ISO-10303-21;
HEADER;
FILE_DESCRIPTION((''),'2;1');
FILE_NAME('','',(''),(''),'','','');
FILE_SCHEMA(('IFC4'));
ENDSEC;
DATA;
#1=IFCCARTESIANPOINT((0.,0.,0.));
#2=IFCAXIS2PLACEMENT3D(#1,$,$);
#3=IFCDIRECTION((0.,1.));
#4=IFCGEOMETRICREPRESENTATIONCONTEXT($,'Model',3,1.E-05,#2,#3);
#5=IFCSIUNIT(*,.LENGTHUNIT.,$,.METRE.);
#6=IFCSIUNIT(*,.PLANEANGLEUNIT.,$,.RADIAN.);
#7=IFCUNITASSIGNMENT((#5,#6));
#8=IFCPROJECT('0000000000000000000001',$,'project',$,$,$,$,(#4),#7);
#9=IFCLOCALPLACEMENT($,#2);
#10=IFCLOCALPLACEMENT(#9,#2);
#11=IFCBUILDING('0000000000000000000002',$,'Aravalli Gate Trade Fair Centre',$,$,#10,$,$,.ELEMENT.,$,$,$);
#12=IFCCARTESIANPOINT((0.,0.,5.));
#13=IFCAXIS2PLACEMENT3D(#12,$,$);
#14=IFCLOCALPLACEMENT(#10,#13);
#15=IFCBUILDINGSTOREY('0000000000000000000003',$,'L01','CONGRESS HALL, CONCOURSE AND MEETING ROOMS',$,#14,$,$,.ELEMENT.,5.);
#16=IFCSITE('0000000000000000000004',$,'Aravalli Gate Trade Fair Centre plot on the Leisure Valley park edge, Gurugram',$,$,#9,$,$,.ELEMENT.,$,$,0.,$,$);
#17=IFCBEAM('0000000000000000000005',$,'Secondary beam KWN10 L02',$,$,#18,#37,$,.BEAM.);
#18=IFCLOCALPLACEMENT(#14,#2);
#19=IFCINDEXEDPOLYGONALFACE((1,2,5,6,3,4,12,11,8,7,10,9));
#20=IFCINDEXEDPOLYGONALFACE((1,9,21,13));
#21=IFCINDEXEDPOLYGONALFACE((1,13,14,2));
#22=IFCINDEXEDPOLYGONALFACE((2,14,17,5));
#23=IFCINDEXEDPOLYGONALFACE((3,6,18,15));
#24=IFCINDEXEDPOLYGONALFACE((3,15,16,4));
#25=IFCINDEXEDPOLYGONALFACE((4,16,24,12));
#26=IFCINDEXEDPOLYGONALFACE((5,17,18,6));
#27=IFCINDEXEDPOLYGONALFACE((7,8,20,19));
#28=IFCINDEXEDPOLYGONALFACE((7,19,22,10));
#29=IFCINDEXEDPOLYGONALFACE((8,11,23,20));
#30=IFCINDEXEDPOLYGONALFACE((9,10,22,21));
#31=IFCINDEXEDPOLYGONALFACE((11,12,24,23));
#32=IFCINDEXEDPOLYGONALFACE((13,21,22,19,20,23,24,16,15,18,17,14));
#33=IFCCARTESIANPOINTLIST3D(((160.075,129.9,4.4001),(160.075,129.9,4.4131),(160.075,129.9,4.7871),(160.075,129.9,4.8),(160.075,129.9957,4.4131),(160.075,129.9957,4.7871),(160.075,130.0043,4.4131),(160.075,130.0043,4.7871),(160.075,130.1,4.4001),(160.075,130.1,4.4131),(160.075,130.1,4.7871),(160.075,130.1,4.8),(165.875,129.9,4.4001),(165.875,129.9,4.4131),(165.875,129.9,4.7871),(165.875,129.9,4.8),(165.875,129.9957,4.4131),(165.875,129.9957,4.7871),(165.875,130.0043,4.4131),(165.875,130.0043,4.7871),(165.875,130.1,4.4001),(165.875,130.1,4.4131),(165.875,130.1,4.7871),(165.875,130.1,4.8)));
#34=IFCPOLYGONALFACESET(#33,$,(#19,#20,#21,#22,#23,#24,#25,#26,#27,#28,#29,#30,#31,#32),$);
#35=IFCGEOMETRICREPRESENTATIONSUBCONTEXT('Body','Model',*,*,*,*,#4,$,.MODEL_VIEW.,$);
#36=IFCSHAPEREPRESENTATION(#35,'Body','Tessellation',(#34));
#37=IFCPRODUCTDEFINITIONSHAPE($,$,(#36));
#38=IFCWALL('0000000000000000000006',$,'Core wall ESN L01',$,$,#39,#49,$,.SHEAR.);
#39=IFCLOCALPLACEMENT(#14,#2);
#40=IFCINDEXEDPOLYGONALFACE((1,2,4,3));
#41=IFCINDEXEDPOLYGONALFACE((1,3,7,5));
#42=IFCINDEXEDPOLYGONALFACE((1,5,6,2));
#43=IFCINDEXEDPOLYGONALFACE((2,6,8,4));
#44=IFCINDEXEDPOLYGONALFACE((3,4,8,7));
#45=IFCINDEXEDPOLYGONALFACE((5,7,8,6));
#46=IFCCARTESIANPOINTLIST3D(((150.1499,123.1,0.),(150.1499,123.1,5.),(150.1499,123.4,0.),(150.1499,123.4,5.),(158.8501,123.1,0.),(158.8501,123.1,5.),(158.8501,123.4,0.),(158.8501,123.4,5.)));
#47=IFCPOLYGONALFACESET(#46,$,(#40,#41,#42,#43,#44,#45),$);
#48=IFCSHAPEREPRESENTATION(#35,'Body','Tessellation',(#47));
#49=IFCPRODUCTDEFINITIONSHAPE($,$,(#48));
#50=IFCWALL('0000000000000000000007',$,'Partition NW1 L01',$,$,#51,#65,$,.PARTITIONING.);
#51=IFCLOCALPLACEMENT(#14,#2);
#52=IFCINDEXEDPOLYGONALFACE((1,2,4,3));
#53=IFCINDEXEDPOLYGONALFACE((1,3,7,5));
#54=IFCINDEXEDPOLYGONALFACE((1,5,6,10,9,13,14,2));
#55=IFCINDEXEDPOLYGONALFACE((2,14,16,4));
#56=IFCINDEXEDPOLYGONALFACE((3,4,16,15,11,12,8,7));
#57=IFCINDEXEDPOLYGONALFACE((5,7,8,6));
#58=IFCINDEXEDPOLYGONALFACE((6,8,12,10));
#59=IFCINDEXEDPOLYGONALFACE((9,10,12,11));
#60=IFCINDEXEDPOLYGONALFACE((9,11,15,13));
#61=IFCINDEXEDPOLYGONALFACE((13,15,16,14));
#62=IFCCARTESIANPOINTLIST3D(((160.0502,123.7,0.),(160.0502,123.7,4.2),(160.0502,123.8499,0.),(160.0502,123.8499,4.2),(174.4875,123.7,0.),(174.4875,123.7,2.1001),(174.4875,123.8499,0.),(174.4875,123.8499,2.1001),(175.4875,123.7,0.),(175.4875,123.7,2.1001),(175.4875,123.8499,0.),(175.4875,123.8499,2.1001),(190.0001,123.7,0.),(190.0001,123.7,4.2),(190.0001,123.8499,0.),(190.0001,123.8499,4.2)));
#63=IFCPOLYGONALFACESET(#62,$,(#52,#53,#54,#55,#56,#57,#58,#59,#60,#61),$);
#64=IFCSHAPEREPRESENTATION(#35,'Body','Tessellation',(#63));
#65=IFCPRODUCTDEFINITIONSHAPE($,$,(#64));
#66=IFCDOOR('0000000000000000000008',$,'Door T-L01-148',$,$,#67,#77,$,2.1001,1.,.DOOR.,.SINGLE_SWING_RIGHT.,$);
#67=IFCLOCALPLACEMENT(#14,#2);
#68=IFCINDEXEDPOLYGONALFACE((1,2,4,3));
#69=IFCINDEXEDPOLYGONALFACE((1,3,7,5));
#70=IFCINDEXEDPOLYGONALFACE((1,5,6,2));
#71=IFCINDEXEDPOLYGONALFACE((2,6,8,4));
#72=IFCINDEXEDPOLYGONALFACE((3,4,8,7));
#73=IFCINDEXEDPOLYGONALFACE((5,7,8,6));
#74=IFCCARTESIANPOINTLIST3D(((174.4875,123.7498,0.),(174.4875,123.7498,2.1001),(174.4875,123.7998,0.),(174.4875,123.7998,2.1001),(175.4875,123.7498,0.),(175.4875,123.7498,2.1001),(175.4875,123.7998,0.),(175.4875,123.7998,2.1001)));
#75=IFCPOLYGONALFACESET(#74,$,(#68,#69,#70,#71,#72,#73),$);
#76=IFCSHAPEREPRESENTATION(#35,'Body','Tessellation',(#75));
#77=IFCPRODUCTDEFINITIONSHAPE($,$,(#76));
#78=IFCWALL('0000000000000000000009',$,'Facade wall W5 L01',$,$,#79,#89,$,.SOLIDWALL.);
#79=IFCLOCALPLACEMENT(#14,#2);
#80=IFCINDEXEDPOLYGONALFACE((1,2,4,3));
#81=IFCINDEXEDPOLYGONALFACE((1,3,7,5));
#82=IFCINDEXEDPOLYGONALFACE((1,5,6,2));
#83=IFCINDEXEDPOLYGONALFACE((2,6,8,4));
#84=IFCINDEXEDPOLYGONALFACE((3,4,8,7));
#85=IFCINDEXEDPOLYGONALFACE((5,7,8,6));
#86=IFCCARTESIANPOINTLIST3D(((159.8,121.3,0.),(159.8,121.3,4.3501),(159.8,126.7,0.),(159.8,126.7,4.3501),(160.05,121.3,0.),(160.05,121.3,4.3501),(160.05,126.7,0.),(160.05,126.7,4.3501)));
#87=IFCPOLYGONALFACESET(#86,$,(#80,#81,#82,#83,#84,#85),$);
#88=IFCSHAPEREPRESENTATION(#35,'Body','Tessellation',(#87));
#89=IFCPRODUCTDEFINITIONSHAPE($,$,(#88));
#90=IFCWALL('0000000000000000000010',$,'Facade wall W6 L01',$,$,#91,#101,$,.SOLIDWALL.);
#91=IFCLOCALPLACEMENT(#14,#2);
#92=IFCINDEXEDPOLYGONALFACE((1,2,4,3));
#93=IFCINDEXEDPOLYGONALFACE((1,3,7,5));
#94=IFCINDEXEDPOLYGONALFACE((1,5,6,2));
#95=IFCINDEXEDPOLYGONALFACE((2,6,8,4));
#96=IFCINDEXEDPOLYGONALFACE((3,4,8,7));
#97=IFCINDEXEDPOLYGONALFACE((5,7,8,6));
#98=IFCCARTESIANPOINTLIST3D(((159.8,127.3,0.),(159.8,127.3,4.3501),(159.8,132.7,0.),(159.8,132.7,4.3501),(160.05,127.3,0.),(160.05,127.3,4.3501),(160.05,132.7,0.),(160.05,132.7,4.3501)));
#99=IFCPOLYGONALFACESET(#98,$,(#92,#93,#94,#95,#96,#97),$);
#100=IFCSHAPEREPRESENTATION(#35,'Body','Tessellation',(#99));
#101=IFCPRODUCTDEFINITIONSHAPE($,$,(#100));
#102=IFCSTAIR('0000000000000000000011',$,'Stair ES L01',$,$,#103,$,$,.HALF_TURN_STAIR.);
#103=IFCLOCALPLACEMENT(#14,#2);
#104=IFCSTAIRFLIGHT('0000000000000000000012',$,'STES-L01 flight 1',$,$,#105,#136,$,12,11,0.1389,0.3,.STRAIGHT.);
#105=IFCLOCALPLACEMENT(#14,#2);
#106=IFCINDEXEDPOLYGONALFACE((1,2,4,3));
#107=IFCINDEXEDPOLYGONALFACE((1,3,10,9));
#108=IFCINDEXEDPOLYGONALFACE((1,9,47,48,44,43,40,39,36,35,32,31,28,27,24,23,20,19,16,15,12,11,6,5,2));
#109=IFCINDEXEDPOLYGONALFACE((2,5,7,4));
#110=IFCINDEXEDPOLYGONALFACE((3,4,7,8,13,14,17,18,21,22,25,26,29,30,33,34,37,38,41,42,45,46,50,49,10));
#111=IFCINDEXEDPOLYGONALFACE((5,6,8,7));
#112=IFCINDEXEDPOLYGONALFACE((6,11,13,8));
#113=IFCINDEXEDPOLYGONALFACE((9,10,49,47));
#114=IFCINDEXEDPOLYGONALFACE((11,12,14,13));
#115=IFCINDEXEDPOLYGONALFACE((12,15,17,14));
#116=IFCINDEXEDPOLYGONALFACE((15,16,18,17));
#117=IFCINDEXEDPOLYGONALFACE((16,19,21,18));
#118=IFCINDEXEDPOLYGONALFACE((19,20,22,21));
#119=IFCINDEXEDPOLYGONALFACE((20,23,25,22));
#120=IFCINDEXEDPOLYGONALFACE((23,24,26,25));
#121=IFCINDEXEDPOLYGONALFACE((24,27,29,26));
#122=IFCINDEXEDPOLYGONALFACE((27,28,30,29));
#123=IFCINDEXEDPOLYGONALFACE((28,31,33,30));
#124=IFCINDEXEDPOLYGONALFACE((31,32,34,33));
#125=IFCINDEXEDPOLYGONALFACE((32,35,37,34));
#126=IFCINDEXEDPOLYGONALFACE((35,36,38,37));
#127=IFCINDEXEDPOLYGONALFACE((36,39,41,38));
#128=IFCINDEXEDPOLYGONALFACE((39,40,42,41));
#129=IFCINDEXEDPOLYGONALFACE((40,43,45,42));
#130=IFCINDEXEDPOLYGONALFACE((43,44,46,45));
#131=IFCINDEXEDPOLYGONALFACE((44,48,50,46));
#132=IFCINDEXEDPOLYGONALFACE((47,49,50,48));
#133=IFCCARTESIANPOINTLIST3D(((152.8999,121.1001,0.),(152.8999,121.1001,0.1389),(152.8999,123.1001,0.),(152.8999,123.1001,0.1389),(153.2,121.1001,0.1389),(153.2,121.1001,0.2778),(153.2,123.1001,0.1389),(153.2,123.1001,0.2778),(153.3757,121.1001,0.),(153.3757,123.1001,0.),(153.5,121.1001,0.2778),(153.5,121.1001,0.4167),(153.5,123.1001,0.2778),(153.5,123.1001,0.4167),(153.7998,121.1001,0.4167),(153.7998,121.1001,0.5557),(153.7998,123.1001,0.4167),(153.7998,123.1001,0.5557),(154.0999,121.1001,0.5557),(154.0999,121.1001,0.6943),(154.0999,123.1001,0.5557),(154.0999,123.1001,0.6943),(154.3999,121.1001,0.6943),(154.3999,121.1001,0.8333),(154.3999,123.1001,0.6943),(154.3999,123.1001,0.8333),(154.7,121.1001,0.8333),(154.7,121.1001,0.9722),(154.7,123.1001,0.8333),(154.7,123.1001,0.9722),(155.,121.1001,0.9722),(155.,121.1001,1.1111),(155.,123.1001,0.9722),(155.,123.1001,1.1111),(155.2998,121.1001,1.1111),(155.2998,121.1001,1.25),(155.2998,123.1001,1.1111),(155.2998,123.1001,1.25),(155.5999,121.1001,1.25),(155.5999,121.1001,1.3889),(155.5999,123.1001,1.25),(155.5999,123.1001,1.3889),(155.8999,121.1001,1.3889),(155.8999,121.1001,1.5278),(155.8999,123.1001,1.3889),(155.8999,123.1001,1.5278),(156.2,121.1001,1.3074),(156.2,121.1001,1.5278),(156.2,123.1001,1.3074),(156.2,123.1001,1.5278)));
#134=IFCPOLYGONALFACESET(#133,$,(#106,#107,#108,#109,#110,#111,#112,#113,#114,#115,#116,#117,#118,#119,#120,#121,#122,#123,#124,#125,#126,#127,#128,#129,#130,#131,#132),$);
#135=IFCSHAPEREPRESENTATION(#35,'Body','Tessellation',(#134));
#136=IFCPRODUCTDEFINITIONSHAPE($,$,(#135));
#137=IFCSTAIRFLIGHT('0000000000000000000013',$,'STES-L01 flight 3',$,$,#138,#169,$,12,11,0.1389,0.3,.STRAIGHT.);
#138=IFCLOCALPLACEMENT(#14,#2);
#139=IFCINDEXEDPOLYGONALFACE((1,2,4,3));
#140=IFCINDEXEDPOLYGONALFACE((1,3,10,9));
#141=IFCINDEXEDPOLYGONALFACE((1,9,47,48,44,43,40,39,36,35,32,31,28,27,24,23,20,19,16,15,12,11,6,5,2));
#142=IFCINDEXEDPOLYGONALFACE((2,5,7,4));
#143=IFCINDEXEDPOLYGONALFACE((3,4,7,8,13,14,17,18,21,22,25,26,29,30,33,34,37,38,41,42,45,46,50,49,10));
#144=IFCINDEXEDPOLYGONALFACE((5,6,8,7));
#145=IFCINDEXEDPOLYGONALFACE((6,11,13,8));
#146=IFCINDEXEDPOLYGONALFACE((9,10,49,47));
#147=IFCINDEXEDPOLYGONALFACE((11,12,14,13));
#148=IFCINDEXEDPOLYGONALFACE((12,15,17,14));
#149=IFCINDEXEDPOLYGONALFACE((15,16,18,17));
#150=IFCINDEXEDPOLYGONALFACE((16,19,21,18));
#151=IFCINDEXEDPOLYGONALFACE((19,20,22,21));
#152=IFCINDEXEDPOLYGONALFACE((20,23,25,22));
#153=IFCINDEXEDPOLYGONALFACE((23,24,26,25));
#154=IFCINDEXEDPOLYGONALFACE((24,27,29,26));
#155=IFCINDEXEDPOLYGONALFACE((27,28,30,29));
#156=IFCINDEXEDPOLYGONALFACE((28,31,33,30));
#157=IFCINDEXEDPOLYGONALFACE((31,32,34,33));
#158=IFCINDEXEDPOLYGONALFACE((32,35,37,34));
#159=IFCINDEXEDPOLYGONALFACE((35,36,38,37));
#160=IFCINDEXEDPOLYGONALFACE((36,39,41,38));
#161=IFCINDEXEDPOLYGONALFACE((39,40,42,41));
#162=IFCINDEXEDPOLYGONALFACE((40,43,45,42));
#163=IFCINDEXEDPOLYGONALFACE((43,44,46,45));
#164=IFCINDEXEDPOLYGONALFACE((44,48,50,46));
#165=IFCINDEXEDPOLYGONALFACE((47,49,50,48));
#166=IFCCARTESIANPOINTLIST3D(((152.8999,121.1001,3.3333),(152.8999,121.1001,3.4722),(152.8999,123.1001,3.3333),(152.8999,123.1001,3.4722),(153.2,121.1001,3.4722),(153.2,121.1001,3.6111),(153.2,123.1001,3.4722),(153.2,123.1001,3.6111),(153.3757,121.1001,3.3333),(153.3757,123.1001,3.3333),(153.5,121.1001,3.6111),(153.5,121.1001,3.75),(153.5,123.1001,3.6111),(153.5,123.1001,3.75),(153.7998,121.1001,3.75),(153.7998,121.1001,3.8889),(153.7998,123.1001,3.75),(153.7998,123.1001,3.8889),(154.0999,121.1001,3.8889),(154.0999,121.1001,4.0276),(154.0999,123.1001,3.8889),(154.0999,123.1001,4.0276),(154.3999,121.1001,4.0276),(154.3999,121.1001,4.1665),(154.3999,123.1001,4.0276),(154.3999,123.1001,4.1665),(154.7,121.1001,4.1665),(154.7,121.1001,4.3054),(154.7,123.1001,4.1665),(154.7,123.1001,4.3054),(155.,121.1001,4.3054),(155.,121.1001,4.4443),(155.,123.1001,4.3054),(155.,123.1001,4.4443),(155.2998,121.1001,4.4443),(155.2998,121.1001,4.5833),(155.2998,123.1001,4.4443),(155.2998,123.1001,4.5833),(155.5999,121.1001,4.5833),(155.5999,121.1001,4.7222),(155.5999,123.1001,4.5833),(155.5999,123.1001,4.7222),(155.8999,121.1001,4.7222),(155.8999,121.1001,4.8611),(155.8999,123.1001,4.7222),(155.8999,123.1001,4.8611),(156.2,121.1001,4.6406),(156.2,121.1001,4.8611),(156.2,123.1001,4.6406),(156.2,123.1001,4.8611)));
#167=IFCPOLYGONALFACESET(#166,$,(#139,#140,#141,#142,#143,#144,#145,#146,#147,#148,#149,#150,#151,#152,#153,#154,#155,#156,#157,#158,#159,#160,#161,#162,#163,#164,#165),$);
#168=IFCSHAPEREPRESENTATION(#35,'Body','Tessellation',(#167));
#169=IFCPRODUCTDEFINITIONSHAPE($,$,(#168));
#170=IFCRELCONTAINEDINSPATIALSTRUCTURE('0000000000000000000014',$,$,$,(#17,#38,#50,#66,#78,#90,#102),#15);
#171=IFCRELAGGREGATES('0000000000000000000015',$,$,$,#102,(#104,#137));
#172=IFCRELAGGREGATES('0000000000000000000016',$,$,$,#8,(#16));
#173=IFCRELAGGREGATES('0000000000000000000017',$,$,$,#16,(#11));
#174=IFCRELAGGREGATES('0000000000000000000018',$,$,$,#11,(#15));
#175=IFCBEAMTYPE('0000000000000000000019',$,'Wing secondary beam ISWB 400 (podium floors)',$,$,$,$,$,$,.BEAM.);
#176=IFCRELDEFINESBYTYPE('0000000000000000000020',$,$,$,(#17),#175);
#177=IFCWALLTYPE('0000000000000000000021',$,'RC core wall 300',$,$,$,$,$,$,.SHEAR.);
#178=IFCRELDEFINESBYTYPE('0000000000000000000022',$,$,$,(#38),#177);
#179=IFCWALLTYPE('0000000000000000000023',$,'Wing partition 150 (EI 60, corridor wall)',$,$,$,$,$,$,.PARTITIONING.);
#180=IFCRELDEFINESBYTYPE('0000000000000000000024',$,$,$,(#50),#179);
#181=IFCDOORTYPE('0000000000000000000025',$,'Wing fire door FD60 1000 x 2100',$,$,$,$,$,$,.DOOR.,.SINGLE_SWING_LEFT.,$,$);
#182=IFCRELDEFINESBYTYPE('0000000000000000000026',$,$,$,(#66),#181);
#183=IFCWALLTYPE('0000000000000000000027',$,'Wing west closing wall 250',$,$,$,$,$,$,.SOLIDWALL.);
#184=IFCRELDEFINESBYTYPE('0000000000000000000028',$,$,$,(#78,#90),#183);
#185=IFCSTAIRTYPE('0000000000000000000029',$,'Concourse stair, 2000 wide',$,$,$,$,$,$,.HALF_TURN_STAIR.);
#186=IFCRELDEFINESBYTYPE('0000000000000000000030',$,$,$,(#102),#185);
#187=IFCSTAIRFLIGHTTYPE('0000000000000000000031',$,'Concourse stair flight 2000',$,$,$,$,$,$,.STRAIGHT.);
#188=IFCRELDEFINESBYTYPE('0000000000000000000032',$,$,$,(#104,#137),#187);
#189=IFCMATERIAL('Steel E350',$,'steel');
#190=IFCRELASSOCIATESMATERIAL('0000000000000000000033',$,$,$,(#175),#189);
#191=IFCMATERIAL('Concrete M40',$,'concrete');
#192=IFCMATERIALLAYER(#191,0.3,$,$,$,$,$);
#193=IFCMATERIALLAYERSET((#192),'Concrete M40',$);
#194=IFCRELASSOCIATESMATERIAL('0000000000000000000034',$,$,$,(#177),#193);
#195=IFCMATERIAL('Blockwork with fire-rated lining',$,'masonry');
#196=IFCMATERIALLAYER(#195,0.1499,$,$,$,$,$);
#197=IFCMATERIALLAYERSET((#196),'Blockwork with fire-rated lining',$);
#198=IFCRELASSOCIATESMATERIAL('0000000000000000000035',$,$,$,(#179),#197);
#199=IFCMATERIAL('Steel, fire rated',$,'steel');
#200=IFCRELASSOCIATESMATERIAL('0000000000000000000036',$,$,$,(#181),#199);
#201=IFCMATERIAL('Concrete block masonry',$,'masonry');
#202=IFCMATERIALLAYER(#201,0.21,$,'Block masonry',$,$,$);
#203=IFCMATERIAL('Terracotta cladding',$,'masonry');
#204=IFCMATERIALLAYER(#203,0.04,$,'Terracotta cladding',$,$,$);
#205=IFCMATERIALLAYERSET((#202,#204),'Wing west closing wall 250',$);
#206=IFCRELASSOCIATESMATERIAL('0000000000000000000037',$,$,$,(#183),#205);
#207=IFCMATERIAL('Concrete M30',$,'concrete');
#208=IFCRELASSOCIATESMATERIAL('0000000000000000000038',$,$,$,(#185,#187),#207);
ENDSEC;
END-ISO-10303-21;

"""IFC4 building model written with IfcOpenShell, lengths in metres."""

from ifc_helpers import new_model, si_unit, direction, frame, frame_2d, origin, origin_2d, place, context, subcontext, project, spatial, polyline, rectangle, i_section, outline, extrude, material, layer, layer_set, material_profile, profile_set, type_object, element, fill, aggregate, save


model = new_model("IFC4")

# Units and contexts
model_context = context("Model", 3, precision=1e-05, world=origin(), true_north=direction((0.0, 1.0)))
body_context = subcontext(model_context, "Body", "Model", "MODEL_VIEW")
ifc_project = project(units=[si_unit("LENGTHUNIT", "METRE"), si_unit("PLANEANGLEUNIT", "RADIAN")], contexts=[model_context])

# Site, building, storey
site_placement = place(None, origin())
site = spatial("IfcSite", under=ifc_project, at=site_placement, Name="Aravalli Gate Trade Fair Centre plot on the Leisure Valley park edge, Gurugram", CompositionType="ELEMENT", RefElevation=0.0)
building_placement = place(site_placement, origin())
building = spatial("IfcBuilding", under=site, at=building_placement, Name="Aravalli Gate Trade Fair Centre", CompositionType="ELEMENT")
storey_placement = place(building_placement, frame((0.0, 0.0, 5.0)))
storey = spatial("IfcBuildingStorey", under=building, at=storey_placement, Name="L01", Description="CONGRESS HALL, CONCOURSE AND MEETING ROOMS", CompositionType="ELEMENT", Elevation=5.0)

# Shared definitions
ifc_material_1 = material(Name="Steel E350", Category="steel")

# Beam
ifc_material_profile_1 = material_profile(ifc_material_1, i_section(OverallWidth=0.2, OverallDepth=0.3999, WebThickness=0.0085, FlangeThickness=0.0129, at=origin_2d()), Name="ISWB 400")
ifc_profile_set_1 = profile_set([ifc_material_profile_1], Name="Steel E350")
beam_type_1 = type_object("IfcBeamType", Name="Wing secondary beam ISWB 400 (podium floors)", PredefinedType="BEAM", material=ifc_profile_set_1)
for number, where, z_axis, x_axis, name in (
    (1, (160.075, 130.0, 4.6001), (1.0, 0.0, 0.0), (0.0, 1.0, 0.0), "Secondary beam KWN10 L02"),
):
    element("IfcBeam", number, at=place(storey_placement, frame(where, z_axis=z_axis, x_axis=x_axis)), inside=storey, type_object=beam_type_1, Name=name, PredefinedType="BEAM", context=body_context, shape_type="SweptSolid", body=[
        extrude(i_section(OverallWidth=0.2, OverallDepth=0.3999, WebThickness=0.0085, FlangeThickness=0.0129, at=origin_2d()), origin(), (0.0, 0.0, 1.0), 5.8),
    ])

# Wall
ifc_material_2 = material(Name="Concrete M40", Category="concrete")
ifc_layer_1 = layer(ifc_material_2, 0.3)
ifc_layer_set_1 = layer_set([ifc_layer_1], Name="Concrete M40")
wall_type_1 = type_object("IfcWallType", Name="RC core wall 300", PredefinedType="SHEAR", material=ifc_layer_set_1)
wall_1_placement = place(storey_placement, frame((150.1499, 123.25, 0.0), z_axis=(0.0, 0.0, 1.0), x_axis=(1.0, 0.0, 0.0)))
element("IfcWall", 2, at=wall_1_placement, inside=storey, type_object=wall_type_1, Name="Core wall ESN L01", PredefinedType="SHEAR", context=body_context, shape_type="SweptSolid", body=[
    extrude(rectangle(XDim=8.7002, YDim=0.3, at=frame_2d((4.3501, 0.0))), origin(), (0.0, 0.0, 1.0), 5.0),
])

# Wall, opening, door
ifc_material_3 = material(Name="Blockwork with fire-rated lining", Category="masonry")
ifc_layer_2 = layer(ifc_material_3, 0.1499)
ifc_layer_set_2 = layer_set([ifc_layer_2], Name="Blockwork with fire-rated lining")
wall_type_2 = type_object("IfcWallType", Name="Wing partition 150 (EI 60, corridor wall)", PredefinedType="PARTITIONING", material=ifc_layer_set_2)
wall_2_placement = place(storey_placement, frame((160.05, 123.7749, 0.0), z_axis=(0.0, 0.0, 1.0), x_axis=(1.0, 0.0, 0.0)))
wall_2 = element("IfcWall", 3, at=wall_2_placement, inside=storey, type_object=wall_type_2, Name="Partition NW1 L01", PredefinedType="PARTITIONING", context=body_context, shape_type="SweptSolid", body=[
    extrude(rectangle(XDim=29.95, YDim=0.1499, at=frame_2d((14.9751, 0.0))), origin(), (0.0, 0.0, 1.0), 4.2),
])
opening_placement = place(wall_2_placement, frame((14.4375, 0.0, 0.0)))
opening = element("IfcOpeningElement", 4, at=opening_placement, cuts=wall_2, PredefinedType="OPENING", context=body_context, shape_type="SweptSolid", body=[
    extrude(rectangle(XDim=1.0, YDim=2.1001, at=frame_2d((0.5, 1.05))), frame((0.0, 0.085, 0.0), z_axis=(0.0, -1.0, 0.0), x_axis=(1.0, 0.0, 0.0)), (0.0, 0.0, 1.0), 0.1699),
])
ifc_material_4 = material(Name="Steel, fire rated", Category="steel")
door_type = type_object("IfcDoorType", Name="Wing fire door FD60 1000 x 2100", OperationType="SINGLE_SWING_LEFT", PredefinedType="DOOR", material=ifc_material_4)
door_placement = place(opening_placement, origin())
door = element("IfcDoor", 5, at=door_placement, inside=storey, type_object=door_type, Name="Door T-L01-148", OperationType="SINGLE_SWING_RIGHT", OverallHeight=2.1001, OverallWidth=1.0, PredefinedType="DOOR", context=body_context, shape_type="SweptSolid", body=[
    extrude(rectangle(XDim=1.0, YDim=2.1001, at=frame_2d((0.5, 1.05))), frame((0.0, 0.0249, 0.0), z_axis=(0.0, -1.0, 0.0), x_axis=(1.0, 0.0, 0.0)), (0.0, 0.0, 1.0), 0.05),
])
fill(opening, door)

# Walls
ifc_material_5 = material(Name="Concrete block masonry", Category="masonry")
ifc_layer_3 = layer(ifc_material_5, 0.21, Name="Block masonry")
ifc_material_6 = material(Name="Terracotta cladding", Category="masonry")
ifc_layer_4 = layer(ifc_material_6, 0.04, Name="Terracotta cladding")
ifc_layer_set_3 = layer_set([ifc_layer_3, ifc_layer_4], Name="Wing west closing wall 250")
wall_type_3 = type_object("IfcWallType", Name="Wing west closing wall 250", PredefinedType="SOLIDWALL", material=ifc_layer_set_3)
for number, where, z_axis, x_axis, name in (
    (6, (159.925, 121.3, 0.0), (0.0, 0.0, 1.0), (0.0, 1.0, 0.0), "Facade wall W5 L01"),
    (7, (159.925, 127.3, 0.0), (0.0, 0.0, 1.0), (0.0, 1.0, 0.0), "Facade wall W6 L01"),
):
    element("IfcWall", number, at=place(storey_placement, frame(where, z_axis=z_axis, x_axis=x_axis)), inside=storey, type_object=wall_type_3, Name=name, PredefinedType="SOLIDWALL", context=body_context, shape_type="SweptSolid", body=[
        extrude(rectangle(XDim=5.3999, YDim=0.25, at=frame_2d((2.7, 0.0))), origin(), (0.0, 0.0, 1.0), 4.3501),
    ])

# Stair, stair flights
ifc_material_7 = material(Name="Concrete M30", Category="concrete")
stair_type = type_object("IfcStairType", Name="Concourse stair, 2000 wide", PredefinedType="HALF_TURN_STAIR", material=ifc_material_7)
stair_placement = place(storey_placement, origin())
stair = element("IfcStair", 8, at=stair_placement, inside=storey, type_object=stair_type, Name="Stair ES L01", PredefinedType="HALF_TURN_STAIR")
stair_flight_type = type_object("IfcStairFlightType", Name="Concourse stair flight 2000", PredefinedType="STRAIGHT", material=ifc_material_7)
stair_flight_1_placement = place(storey_placement, frame((152.8999, 122.1001, 0.0), z_axis=(0.0, 0.0, 1.0), x_axis=(1.0, 0.0, 0.0)))
stair_flight_1 = element("IfcStairFlight", 9, at=stair_flight_1_placement, type_object=stair_flight_type, Name="STES-L01 flight 1", NumberOfRisers=12, NumberOfTreads=11, PredefinedType="STRAIGHT", RiserHeight=0.1389, TreadLength=0.3, context=body_context, shape_type="SweptSolid", body=[
    extrude(outline(polyline([(0.0, 0.0), (0.0, 0.1389), (0.3, 0.1389), (0.3, 0.2778), (0.6001, 0.2778), (0.6001, 0.4167), (0.8999, 0.4167), (0.8999, 0.5557), (1.2, 0.5557), (1.2, 0.6943), (1.5, 0.6943), (1.5, 0.8333), (1.8, 0.8333), (1.8, 0.9722), (2.1001, 0.9722), (2.1001, 1.1111), (2.3999, 1.1111), (2.3999, 1.25), (2.7, 1.25), (2.7, 1.3889), (3.0, 1.3889), (3.0, 1.5278), (3.3, 1.5278), (3.3, 1.6667), (3.3, 1.3074), (0.4758, 0.0), (0.0, 0.0)])), frame((0.0, 1.0, 0.0), z_axis=(0.0, -1.0, 0.0), x_axis=(1.0, 0.0, 0.0)), (0.0, 0.0, 1.0), 2.0),
])
stair_flight_2_placement = place(storey_placement, frame((152.8999, 122.1001, 3.3333), z_axis=(0.0, 0.0, 1.0), x_axis=(1.0, 0.0, 0.0)))
stair_flight_2 = element("IfcStairFlight", 10, at=stair_flight_2_placement, type_object=stair_flight_type, Name="STES-L01 flight 3", NumberOfRisers=12, NumberOfTreads=11, PredefinedType="STRAIGHT", RiserHeight=0.1389, TreadLength=0.3, context=body_context, shape_type="SweptSolid", body=[
    extrude(outline(polyline([(0.0, 0.0), (0.0, 0.1389), (0.3, 0.1389), (0.3, 0.2778), (0.6001, 0.2778), (0.6001, 0.4167), (0.8999, 0.4167), (0.8999, 0.5557), (1.2, 0.5557), (1.2, 0.6943), (1.5, 0.6943), (1.5, 0.8333), (1.8, 0.8333), (1.8, 0.9722), (2.1001, 0.9722), (2.1001, 1.1111), (2.3999, 1.1111), (2.3999, 1.25), (2.7, 1.25), (2.7, 1.3889), (3.0, 1.3889), (3.0, 1.5278), (3.3, 1.5278), (3.3, 1.6667), (3.3, 1.3074), (0.4758, 0.0), (0.0, 0.0)])), frame((0.0, 1.0, 0.0), z_axis=(0.0, -1.0, 0.0), x_axis=(1.0, 0.0, 0.0)), (0.0, 0.0, 1.0), 2.0),
])
aggregate(stair, [stair_flight_1, stair_flight_2])

save(model, "model.ifc")
